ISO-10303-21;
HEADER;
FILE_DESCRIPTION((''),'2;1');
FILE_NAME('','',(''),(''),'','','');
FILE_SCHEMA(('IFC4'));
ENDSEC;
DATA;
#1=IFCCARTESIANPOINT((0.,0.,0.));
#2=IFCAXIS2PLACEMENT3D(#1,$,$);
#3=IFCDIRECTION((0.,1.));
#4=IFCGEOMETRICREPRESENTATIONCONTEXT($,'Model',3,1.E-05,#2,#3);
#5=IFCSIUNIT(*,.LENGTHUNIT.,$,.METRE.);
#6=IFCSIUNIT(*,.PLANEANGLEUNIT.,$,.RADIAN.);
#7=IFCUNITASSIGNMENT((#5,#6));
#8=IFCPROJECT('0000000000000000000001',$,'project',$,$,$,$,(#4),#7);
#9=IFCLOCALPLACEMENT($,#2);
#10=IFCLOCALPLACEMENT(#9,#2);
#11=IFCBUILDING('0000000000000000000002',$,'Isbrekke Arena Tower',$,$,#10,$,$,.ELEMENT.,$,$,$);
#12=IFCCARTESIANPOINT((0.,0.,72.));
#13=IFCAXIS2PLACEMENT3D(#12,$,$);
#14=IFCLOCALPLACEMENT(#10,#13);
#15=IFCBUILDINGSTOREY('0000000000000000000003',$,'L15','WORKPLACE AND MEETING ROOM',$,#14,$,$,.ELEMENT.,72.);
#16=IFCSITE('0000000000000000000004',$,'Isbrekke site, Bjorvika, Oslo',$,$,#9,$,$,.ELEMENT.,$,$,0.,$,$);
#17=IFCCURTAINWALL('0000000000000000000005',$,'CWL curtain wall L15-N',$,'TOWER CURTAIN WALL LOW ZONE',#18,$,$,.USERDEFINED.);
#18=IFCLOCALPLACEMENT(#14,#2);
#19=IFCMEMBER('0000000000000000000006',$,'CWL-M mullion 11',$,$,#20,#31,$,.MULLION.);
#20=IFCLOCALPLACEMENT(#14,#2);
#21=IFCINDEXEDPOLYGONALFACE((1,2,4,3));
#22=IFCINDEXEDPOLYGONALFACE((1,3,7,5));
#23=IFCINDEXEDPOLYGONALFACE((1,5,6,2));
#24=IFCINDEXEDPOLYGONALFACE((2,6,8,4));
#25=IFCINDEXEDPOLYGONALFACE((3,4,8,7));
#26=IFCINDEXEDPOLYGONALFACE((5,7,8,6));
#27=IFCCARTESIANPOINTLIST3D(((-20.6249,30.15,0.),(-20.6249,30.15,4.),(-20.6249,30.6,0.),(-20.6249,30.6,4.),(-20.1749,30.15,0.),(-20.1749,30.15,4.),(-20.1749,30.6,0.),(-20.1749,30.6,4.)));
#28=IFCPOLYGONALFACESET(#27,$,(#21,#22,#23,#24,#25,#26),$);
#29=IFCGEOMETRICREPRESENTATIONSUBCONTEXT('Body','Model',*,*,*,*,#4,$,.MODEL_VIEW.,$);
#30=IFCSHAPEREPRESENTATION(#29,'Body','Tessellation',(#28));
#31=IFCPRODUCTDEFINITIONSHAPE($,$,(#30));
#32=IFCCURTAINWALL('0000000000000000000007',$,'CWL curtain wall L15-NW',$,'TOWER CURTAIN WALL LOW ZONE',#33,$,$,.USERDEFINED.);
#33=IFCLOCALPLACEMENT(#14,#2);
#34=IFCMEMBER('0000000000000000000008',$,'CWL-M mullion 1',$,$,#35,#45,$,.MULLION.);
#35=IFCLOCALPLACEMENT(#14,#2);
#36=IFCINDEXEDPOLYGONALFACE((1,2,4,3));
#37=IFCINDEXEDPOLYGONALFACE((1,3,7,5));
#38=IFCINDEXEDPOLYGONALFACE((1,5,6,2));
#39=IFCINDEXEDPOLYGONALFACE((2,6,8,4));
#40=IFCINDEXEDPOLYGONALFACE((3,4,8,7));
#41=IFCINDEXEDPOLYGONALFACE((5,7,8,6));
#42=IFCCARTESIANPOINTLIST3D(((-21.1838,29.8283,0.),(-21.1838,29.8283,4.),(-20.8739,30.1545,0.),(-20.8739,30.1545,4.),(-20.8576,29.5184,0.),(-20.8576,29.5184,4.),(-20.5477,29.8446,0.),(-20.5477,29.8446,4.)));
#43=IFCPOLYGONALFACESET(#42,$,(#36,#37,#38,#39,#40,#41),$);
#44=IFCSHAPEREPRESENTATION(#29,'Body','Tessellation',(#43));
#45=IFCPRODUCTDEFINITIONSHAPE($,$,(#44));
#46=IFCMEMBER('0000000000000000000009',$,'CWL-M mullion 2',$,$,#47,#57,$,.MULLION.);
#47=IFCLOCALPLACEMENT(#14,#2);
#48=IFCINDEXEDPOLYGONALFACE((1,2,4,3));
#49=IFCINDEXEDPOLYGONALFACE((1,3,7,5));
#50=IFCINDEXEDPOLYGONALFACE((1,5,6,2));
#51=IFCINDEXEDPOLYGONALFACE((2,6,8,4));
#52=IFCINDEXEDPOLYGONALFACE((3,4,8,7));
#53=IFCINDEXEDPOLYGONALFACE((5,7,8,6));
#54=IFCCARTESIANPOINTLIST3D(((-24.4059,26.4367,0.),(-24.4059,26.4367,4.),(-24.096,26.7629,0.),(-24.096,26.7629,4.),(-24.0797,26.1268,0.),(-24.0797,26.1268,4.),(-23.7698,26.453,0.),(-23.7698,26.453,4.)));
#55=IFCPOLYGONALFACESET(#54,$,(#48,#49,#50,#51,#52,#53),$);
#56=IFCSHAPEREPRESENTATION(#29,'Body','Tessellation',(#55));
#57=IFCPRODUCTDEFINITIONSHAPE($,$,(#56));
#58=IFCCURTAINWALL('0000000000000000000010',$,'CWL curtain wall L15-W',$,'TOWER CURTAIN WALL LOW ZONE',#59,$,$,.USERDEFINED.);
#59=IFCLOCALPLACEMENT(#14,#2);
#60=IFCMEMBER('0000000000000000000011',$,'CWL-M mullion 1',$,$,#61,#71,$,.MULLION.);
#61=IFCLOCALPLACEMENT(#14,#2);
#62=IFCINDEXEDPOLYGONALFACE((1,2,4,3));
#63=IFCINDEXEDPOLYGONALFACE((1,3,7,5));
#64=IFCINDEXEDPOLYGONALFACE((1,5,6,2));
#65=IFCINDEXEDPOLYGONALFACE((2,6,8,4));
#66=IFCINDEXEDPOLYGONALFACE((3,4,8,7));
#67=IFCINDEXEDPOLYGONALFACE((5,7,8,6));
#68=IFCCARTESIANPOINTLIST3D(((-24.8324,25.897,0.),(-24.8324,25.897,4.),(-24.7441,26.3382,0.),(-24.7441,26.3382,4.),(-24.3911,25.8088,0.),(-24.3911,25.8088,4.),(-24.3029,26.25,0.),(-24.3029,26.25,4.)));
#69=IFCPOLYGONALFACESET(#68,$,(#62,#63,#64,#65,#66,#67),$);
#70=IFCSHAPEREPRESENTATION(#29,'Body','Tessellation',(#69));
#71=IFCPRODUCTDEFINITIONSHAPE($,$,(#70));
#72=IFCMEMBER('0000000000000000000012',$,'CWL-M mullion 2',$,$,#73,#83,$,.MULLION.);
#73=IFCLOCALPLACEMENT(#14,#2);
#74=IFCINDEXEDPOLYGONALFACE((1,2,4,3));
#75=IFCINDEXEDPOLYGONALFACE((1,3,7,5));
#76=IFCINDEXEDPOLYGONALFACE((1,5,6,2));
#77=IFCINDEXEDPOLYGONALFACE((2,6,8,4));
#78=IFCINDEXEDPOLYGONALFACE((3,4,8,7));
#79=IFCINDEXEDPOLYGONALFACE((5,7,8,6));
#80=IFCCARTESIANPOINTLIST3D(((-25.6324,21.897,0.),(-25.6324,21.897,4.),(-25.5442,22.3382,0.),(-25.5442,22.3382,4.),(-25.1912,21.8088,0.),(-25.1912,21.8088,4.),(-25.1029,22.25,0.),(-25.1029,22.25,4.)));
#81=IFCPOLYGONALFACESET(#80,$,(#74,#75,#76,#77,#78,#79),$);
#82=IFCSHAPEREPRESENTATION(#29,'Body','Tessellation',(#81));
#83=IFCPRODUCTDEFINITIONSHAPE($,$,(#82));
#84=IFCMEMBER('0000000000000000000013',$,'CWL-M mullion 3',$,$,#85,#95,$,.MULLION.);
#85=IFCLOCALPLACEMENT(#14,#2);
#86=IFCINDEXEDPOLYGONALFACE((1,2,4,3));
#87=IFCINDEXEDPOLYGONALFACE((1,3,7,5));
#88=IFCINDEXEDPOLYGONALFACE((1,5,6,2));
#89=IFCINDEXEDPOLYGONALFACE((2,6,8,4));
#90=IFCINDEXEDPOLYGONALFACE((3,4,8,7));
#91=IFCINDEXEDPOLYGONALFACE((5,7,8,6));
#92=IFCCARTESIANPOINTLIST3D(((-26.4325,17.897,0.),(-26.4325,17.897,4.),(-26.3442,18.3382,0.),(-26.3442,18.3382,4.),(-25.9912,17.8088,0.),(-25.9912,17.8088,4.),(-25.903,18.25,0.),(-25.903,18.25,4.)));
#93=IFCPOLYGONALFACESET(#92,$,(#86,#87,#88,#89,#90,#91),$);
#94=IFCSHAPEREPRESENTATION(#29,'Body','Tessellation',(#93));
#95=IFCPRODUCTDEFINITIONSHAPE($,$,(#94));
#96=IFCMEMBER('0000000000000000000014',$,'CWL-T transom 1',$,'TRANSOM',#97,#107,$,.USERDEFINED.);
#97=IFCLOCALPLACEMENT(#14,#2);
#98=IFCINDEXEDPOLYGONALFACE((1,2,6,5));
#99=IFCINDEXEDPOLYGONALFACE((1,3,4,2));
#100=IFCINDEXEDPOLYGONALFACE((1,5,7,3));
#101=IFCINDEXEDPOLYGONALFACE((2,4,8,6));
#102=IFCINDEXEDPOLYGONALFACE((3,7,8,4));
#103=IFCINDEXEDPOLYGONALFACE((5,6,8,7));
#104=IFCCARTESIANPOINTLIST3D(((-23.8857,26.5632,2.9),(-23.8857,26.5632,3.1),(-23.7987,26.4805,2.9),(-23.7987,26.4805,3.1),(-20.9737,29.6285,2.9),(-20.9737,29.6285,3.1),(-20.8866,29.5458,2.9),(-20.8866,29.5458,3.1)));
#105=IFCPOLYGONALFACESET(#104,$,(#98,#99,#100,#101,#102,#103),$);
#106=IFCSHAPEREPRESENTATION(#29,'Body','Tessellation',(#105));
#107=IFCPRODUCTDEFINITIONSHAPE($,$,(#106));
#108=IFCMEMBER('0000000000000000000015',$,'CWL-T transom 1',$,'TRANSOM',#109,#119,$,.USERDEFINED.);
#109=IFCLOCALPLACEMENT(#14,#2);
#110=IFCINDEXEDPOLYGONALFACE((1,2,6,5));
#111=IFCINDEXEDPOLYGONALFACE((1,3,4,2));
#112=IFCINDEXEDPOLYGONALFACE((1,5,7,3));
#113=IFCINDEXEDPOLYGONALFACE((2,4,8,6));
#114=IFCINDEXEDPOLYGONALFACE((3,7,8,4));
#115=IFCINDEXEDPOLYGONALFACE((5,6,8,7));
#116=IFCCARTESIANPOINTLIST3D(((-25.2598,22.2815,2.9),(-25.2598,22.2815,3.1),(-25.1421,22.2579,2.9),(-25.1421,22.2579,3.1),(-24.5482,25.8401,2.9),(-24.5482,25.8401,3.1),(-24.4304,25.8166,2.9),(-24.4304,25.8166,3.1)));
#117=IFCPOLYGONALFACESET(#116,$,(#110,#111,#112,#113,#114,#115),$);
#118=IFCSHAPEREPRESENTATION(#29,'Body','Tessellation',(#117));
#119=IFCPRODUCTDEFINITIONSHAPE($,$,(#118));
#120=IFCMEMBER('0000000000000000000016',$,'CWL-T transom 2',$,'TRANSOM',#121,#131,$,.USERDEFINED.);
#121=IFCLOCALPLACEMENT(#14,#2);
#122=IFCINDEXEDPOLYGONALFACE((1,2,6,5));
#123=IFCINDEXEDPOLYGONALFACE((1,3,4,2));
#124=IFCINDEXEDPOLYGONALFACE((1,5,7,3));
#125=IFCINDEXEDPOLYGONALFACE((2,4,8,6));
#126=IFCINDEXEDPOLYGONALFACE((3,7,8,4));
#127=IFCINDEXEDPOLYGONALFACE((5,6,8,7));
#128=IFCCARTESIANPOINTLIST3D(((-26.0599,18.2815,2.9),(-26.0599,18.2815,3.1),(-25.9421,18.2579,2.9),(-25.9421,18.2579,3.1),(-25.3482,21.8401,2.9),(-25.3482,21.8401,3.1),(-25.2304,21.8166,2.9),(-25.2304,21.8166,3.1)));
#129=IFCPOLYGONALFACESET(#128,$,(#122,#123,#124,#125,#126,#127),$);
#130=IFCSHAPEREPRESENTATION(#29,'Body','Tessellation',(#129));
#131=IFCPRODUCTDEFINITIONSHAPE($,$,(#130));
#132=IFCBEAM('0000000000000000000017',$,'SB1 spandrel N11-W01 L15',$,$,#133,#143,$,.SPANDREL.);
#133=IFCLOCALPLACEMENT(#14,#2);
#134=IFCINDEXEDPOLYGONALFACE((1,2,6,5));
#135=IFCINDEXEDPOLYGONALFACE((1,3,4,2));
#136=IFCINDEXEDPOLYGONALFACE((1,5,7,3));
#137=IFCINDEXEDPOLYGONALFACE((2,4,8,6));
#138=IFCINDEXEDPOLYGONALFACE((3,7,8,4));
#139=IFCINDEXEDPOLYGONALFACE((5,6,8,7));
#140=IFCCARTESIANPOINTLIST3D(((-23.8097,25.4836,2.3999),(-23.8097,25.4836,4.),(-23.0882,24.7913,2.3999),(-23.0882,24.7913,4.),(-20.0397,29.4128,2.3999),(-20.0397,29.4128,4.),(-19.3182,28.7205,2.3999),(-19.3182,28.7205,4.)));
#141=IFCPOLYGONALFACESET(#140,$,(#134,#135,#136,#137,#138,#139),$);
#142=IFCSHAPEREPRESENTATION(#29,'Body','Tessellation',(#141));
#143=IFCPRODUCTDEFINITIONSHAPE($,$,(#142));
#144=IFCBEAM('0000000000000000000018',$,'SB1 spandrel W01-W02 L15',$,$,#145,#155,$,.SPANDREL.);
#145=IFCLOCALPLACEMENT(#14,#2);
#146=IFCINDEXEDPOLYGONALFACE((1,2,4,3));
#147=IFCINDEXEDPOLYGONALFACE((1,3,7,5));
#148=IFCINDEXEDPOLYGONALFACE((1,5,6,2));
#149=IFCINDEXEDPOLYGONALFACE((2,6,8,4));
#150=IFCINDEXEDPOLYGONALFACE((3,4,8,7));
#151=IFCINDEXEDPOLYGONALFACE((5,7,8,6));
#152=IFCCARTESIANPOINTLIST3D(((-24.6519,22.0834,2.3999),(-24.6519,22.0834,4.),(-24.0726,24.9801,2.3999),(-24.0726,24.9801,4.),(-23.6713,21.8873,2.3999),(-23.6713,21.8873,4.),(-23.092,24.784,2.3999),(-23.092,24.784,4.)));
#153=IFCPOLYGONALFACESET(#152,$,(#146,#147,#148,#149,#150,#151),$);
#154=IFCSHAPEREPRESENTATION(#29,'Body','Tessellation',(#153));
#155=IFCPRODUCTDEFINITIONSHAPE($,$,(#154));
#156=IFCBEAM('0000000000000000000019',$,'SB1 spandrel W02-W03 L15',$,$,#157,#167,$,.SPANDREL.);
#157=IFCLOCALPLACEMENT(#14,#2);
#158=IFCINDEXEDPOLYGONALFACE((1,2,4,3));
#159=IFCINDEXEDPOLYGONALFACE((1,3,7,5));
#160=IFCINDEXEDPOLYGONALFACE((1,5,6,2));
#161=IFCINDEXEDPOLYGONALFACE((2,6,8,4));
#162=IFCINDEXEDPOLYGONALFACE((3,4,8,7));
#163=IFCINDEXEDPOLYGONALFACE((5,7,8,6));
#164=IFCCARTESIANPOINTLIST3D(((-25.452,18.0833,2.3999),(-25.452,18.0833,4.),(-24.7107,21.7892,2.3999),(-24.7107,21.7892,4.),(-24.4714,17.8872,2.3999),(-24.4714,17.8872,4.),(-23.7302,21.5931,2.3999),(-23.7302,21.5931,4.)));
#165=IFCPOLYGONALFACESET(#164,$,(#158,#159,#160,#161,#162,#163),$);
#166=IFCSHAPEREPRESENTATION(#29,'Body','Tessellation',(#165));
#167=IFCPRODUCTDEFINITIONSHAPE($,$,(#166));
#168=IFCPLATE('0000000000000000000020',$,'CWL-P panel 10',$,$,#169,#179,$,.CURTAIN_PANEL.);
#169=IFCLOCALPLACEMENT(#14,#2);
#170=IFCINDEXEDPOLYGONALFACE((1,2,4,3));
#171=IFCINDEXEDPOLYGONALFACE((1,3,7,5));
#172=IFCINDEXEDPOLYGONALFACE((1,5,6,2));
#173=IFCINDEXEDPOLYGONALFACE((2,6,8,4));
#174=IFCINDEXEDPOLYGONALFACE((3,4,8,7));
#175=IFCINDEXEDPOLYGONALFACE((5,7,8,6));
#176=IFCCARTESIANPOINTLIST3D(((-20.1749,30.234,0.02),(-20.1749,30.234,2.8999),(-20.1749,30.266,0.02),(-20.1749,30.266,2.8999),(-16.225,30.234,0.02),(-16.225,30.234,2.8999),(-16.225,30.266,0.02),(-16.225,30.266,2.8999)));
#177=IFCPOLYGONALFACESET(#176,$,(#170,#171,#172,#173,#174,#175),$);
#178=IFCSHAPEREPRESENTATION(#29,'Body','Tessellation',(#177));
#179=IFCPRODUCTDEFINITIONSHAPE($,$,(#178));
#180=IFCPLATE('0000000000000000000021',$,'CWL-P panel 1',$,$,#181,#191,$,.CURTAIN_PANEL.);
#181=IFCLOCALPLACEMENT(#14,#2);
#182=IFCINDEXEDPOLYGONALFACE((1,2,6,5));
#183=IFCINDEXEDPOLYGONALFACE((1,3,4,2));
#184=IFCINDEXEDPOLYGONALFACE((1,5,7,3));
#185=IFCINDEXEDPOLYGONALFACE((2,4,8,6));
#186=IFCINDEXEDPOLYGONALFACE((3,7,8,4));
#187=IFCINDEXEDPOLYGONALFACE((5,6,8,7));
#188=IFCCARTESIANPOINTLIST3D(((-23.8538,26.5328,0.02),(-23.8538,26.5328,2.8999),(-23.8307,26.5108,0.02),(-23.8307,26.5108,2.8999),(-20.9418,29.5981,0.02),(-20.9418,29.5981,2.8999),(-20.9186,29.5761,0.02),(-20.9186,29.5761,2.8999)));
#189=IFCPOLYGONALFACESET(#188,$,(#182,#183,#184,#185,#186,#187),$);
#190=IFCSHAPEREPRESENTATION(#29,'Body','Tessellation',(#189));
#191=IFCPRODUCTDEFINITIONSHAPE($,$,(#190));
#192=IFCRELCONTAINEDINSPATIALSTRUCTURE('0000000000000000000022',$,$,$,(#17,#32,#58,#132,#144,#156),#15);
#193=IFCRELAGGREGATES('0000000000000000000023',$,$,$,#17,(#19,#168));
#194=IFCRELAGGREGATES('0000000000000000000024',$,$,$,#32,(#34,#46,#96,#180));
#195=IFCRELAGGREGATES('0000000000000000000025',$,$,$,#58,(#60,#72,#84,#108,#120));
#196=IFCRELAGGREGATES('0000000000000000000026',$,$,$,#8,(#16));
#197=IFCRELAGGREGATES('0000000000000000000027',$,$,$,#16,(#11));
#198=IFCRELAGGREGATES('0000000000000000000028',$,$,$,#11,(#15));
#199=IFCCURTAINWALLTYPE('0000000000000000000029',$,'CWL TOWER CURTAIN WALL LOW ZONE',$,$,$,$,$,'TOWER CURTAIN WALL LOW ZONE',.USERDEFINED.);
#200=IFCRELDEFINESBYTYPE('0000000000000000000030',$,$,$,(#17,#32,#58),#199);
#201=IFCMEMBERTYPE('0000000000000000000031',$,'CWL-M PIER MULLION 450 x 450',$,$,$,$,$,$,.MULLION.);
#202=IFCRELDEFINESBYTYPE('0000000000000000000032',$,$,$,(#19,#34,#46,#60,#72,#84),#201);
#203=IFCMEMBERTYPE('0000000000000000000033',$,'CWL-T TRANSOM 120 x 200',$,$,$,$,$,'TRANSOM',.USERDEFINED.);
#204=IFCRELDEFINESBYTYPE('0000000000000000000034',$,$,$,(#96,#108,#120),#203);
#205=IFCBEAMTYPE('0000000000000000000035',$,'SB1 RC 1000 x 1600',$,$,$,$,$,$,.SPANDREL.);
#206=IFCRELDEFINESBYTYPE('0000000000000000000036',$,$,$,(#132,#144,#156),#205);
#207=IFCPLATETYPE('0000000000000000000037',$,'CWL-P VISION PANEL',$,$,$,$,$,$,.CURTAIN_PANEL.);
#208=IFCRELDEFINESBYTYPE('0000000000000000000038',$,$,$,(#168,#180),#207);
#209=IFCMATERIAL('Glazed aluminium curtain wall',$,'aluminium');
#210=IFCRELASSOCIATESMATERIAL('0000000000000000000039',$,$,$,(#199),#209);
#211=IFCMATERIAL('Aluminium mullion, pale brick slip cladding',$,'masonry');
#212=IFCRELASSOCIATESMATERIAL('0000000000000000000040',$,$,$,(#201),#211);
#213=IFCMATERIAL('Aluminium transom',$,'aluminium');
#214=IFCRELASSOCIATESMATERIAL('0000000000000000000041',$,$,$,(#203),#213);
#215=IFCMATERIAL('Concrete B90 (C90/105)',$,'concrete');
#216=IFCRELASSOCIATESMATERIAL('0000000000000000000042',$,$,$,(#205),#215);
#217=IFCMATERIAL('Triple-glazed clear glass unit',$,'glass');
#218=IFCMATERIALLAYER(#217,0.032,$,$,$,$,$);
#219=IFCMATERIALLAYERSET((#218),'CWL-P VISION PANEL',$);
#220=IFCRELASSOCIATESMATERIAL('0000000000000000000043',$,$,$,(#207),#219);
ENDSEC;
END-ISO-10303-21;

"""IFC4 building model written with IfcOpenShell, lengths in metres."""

from ifc_helpers import new_model, si_unit, direction, frame, origin, origin_2d, place, context, subcontext, project, spatial, rectangle, extrude, material, layer, layer_set, material_profile, profile_set, type_object, element, aggregate, save


model = new_model("IFC4")

# Units and contexts
model_context = context("Model", 3, precision=1e-05, world=origin(), true_north=direction((0.0, 1.0)))
body_context = subcontext(model_context, "Body", "Model", "MODEL_VIEW")
ifc_project = project(units=[si_unit("LENGTHUNIT", "METRE"), si_unit("PLANEANGLEUNIT", "RADIAN")], contexts=[model_context])

# Site, building, storey
site_placement = place(None, origin())
site = spatial("IfcSite", under=ifc_project, at=site_placement, Name="Isbrekke site, Bjorvika, Oslo", CompositionType="ELEMENT", RefElevation=0.0)
building_placement = place(site_placement, origin())
building = spatial("IfcBuilding", under=site, at=building_placement, Name="Isbrekke Arena Tower", CompositionType="ELEMENT")
storey_placement = place(building_placement, frame((0.0, 0.0, 72.0)))
storey = spatial("IfcBuildingStorey", under=building, at=storey_placement, Name="L15", Description="WORKPLACE AND MEETING ROOM", CompositionType="ELEMENT", Elevation=72.0)

# Curtain wall, member
ifc_material_1 = material(Name="Glazed aluminium curtain wall", Category="aluminium")
curtain_wall_type = type_object("IfcCurtainWallType", Name="CWL TOWER CURTAIN WALL LOW ZONE", ElementType="TOWER CURTAIN WALL LOW ZONE", PredefinedType="USERDEFINED", material=ifc_material_1)
curtain_wall_1_placement = place(storey_placement, origin())
curtain_wall_1 = element("IfcCurtainWall", 1, at=curtain_wall_1_placement, inside=storey, type_object=curtain_wall_type, Name="CWL curtain wall L15-N", ObjectType="TOWER CURTAIN WALL LOW ZONE", PredefinedType="USERDEFINED")
ifc_material_2 = material(Name="Aluminium mullion, pale brick slip cladding", Category="masonry")
ifc_material_profile_1 = material_profile(ifc_material_2, rectangle(XDim=0.45, YDim=0.45, at=origin_2d()), Name="PIER 450X450")
ifc_profile_set_1 = profile_set([ifc_material_profile_1], Name="Aluminium mullion, pale brick slip cladding")
member_type_1 = type_object("IfcMemberType", Name="CWL-M PIER MULLION 450 x 450", PredefinedType="MULLION", material=ifc_profile_set_1)
member_1_placement = place(storey_placement, frame((-20.3999, 30.375, 0.0), z_axis=(0.0, 0.0, 1.0), x_axis=(-1.0, 0.0, 0.0)))
member_1 = element("IfcMember", 2, at=member_1_placement, type_object=member_type_1, Name="CWL-M mullion 11", PredefinedType="MULLION", context=body_context, shape_type="SweptSolid", body=[
    extrude(rectangle(XDim=0.45, YDim=0.45, at=origin_2d()), origin(), (0.0, 0.0, 1.0), 4.0),
])

# Curtain walls, members
curtain_wall_2_placement = place(storey_placement, origin())
curtain_wall_2 = element("IfcCurtainWall", 3, at=curtain_wall_2_placement, inside=storey, type_object=curtain_wall_type, Name="CWL curtain wall L15-NW", ObjectType="TOWER CURTAIN WALL LOW ZONE", PredefinedType="USERDEFINED")
member_2_placement = place(storey_placement, frame((-20.8657, 29.8364, 0.0), z_axis=(0.0, 0.0, 1.0), x_axis=(-0.688749, -0.724999, 0.0)))
member_2 = element("IfcMember", 4, at=member_2_placement, type_object=member_type_1, Name="CWL-M mullion 1", PredefinedType="MULLION", context=body_context, shape_type="SweptSolid", body=[
    extrude(rectangle(XDim=0.45, YDim=0.45, at=origin_2d()), origin(), (0.0, 0.0, 1.0), 4.0),
])
member_3_placement = place(storey_placement, frame((-24.0879, 26.4448, 0.0), z_axis=(0.0, 0.0, 1.0), x_axis=(-0.688749, -0.724999, 0.0)))
member_3 = element("IfcMember", 5, at=member_3_placement, type_object=member_type_1, Name="CWL-M mullion 2", PredefinedType="MULLION", context=body_context, shape_type="SweptSolid", body=[
    extrude(rectangle(XDim=0.45, YDim=0.45, at=origin_2d()), origin(), (0.0, 0.0, 1.0), 4.0),
])
curtain_wall_3_placement = place(storey_placement, origin())
curtain_wall_3 = element("IfcCurtainWall", 6, at=curtain_wall_3_placement, inside=storey, type_object=curtain_wall_type, Name="CWL curtain wall L15-W", ObjectType="TOWER CURTAIN WALL LOW ZONE", PredefinedType="USERDEFINED")
member_4_placement = place(storey_placement, frame((-24.5676, 26.0735, 0.0), z_axis=(0.0, 0.0, 1.0), x_axis=(-0.196116, -0.980581, 0.0)))
member_4 = element("IfcMember", 7, at=member_4_placement, type_object=member_type_1, Name="CWL-M mullion 1", PredefinedType="MULLION", context=body_context, shape_type="SweptSolid", body=[
    extrude(rectangle(XDim=0.45, YDim=0.45, at=origin_2d()), origin(), (0.0, 0.0, 1.0), 4.0),
])
member_5_placement = place(storey_placement, frame((-25.3677, 22.0735, 0.0), z_axis=(0.0, 0.0, 1.0), x_axis=(-0.196116, -0.980581, 0.0)))
member_5 = element("IfcMember", 8, at=member_5_placement, type_object=member_type_1, Name="CWL-M mullion 2", PredefinedType="MULLION", context=body_context, shape_type="SweptSolid", body=[
    extrude(rectangle(XDim=0.45, YDim=0.45, at=origin_2d()), origin(), (0.0, 0.0, 1.0), 4.0),
])
member_6_placement = place(storey_placement, frame((-26.1677, 18.0735, 0.0), z_axis=(0.0, 0.0, 1.0), x_axis=(-0.196116, -0.980581, 0.0)))
member_6 = element("IfcMember", 9, at=member_6_placement, type_object=member_type_1, Name="CWL-M mullion 3", PredefinedType="MULLION", context=body_context, shape_type="SweptSolid", body=[
    extrude(rectangle(XDim=0.45, YDim=0.45, at=origin_2d()), origin(), (0.0, 0.0, 1.0), 4.0),
])

# Members
ifc_material_3 = material(Name="Aluminium transom", Category="aluminium")
ifc_material_profile_2 = material_profile(ifc_material_3, rectangle(XDim=0.1201, YDim=0.2, at=origin_2d()), Name="TRANSOM 120X200")
ifc_profile_set_2 = profile_set([ifc_material_profile_2], Name="Aluminium transom")
member_type_2 = type_object("IfcMemberType", Name="CWL-T TRANSOM 120 x 200", ElementType="TRANSOM", PredefinedType="USERDEFINED", material=ifc_profile_set_2)
member_7_placement = place(storey_placement, frame((-20.9302, 29.5872, 3.0), z_axis=(-0.688743, -0.725005, 0.0), x_axis=(0.725005, -0.688743, 0.0)))
member_7 = element("IfcMember", 10, at=member_7_placement, type_object=member_type_2, Name="CWL-T transom 1", ObjectType="TRANSOM", PredefinedType="USERDEFINED", context=body_context, shape_type="SweptSolid", body=[
    extrude(rectangle(XDim=0.1201, YDim=0.2, at=origin_2d()), origin(), (0.0, 0.0, 1.0), 4.228),
])
member_8_placement = place(storey_placement, frame((-24.4893, 25.8284, 3.0), z_axis=(-0.196103, -0.980583, 0.0), x_axis=(0.980583, -0.196103, 0.0)))
member_8 = element("IfcMember", 11, at=member_8_placement, type_object=member_type_2, Name="CWL-T transom 1", ObjectType="TRANSOM", PredefinedType="USERDEFINED", context=body_context, shape_type="SweptSolid", body=[
    extrude(rectangle(XDim=0.1201, YDim=0.2, at=origin_2d()), origin(), (0.0, 0.0, 1.0), 3.6292),
])
member_9_placement = place(storey_placement, frame((-25.2893, 21.8284, 3.0), z_axis=(-0.196103, -0.980583, 0.0), x_axis=(0.980583, -0.196103, 0.0)))
member_9 = element("IfcMember", 12, at=member_9_placement, type_object=member_type_2, Name="CWL-T transom 2", ObjectType="TRANSOM", PredefinedType="USERDEFINED", context=body_context, shape_type="SweptSolid", body=[
    extrude(rectangle(XDim=0.1201, YDim=0.2, at=origin_2d()), origin(), (0.0, 0.0, 1.0), 3.6292),
])

# Beams
ifc_material_4 = material(Name="Concrete B90 (C90/105)", Category="concrete")
ifc_material_profile_3 = material_profile(ifc_material_4, rectangle(XDim=1.0, YDim=1.6001, at=origin_2d()), Name="RC 1000x1600")
ifc_profile_set_3 = profile_set([ifc_material_profile_3], Name="Concrete B90 (C90/105)")
beam_type_1 = type_object("IfcBeamType", Name="SB1 RC 1000 x 1600", PredefinedType="SPANDREL", material=ifc_profile_set_3)
beam_1_placement = place(storey_placement, frame((-19.679, 29.0667, 3.2), z_axis=(-0.69234, -0.721572, 0.0), x_axis=(0.721572, -0.69234, 0.0)))
element("IfcBeam", 13, at=beam_1_placement, inside=storey, type_object=beam_type_1, Name="SB1 spandrel N11-W01 L15", PredefinedType="SPANDREL", context=body_context, shape_type="SweptSolid", body=[
    extrude(rectangle(XDim=1.0, YDim=1.6001, at=origin_2d()), origin(), (0.0, 0.0, 1.0), 5.4453),
])
beam_2_placement = place(storey_placement, frame((-23.5823, 24.8821, 3.2), z_axis=(-0.196116, -0.980581, 0.0), x_axis=(0.980581, -0.196116, 0.0)))
element("IfcBeam", 14, at=beam_2_placement, inside=storey, type_object=beam_type_1, Name="SB1 spandrel W01-W02 L15", PredefinedType="SPANDREL", context=body_context, shape_type="SweptSolid", body=[
    extrude(rectangle(XDim=1.0, YDim=1.6001, at=origin_2d()), origin(), (0.0, 0.0, 1.0), 2.9541),
])
beam_3_placement = place(storey_placement, frame((-24.2205, 21.6912, 3.2), z_axis=(-0.196129, -0.980578, 0.0), x_axis=(0.980578, -0.196129, 0.0)))
element("IfcBeam", 15, at=beam_3_placement, inside=storey, type_object=beam_type_1, Name="SB1 spandrel W02-W03 L15", PredefinedType="SPANDREL", context=body_context, shape_type="SweptSolid", body=[
    extrude(rectangle(XDim=1.0, YDim=1.6001, at=origin_2d()), origin(), (0.0, 0.0, 1.0), 3.7793),
])

# Plates
ifc_material_5 = material(Name="Triple-glazed clear glass unit", Category="glass")
ifc_layer_1 = layer(ifc_material_5, 0.032)
ifc_layer_set_1 = layer_set([ifc_layer_1], Name="CWL-P VISION PANEL")
plate_type = type_object("IfcPlateType", Name="CWL-P VISION PANEL", PredefinedType="CURTAIN_PANEL", material=ifc_layer_set_1)
plate_1_placement = place(storey_placement, frame((-18.2, 30.25, 0.02), z_axis=(0.0, 0.0, 1.0), x_axis=(-1.0, 0.0, 0.0)))
plate_1 = element("IfcPlate", 16, at=plate_1_placement, type_object=plate_type, Name="CWL-P panel 10", PredefinedType="CURTAIN_PANEL", context=body_context, shape_type="SweptSolid", body=[
    extrude(rectangle(XDim=3.95, YDim=0.032, at=origin_2d()), origin(), (0.0, 0.0, 1.0), 2.8799),
])
aggregate(curtain_wall_1, [member_1, plate_1])
plate_2_placement = place(storey_placement, frame((-22.3862, 28.0544, 0.02), z_axis=(0.0, 0.0, 1.0), x_axis=(-0.688749, -0.724999, 0.0)))
plate_2 = element("IfcPlate", 17, at=plate_2_placement, type_object=plate_type, Name="CWL-P panel 1", PredefinedType="CURTAIN_PANEL", context=body_context, shape_type="SweptSolid", body=[
    extrude(rectangle(XDim=4.228, YDim=0.032, at=origin_2d()), origin(), (0.0, 0.0, 1.0), 2.8799),
])
aggregate(curtain_wall_2, [member_2, member_3, member_7, plate_2])
aggregate(curtain_wall_3, [member_4, member_5, member_6, member_8, member_9])

save(model, "model.ifc")
